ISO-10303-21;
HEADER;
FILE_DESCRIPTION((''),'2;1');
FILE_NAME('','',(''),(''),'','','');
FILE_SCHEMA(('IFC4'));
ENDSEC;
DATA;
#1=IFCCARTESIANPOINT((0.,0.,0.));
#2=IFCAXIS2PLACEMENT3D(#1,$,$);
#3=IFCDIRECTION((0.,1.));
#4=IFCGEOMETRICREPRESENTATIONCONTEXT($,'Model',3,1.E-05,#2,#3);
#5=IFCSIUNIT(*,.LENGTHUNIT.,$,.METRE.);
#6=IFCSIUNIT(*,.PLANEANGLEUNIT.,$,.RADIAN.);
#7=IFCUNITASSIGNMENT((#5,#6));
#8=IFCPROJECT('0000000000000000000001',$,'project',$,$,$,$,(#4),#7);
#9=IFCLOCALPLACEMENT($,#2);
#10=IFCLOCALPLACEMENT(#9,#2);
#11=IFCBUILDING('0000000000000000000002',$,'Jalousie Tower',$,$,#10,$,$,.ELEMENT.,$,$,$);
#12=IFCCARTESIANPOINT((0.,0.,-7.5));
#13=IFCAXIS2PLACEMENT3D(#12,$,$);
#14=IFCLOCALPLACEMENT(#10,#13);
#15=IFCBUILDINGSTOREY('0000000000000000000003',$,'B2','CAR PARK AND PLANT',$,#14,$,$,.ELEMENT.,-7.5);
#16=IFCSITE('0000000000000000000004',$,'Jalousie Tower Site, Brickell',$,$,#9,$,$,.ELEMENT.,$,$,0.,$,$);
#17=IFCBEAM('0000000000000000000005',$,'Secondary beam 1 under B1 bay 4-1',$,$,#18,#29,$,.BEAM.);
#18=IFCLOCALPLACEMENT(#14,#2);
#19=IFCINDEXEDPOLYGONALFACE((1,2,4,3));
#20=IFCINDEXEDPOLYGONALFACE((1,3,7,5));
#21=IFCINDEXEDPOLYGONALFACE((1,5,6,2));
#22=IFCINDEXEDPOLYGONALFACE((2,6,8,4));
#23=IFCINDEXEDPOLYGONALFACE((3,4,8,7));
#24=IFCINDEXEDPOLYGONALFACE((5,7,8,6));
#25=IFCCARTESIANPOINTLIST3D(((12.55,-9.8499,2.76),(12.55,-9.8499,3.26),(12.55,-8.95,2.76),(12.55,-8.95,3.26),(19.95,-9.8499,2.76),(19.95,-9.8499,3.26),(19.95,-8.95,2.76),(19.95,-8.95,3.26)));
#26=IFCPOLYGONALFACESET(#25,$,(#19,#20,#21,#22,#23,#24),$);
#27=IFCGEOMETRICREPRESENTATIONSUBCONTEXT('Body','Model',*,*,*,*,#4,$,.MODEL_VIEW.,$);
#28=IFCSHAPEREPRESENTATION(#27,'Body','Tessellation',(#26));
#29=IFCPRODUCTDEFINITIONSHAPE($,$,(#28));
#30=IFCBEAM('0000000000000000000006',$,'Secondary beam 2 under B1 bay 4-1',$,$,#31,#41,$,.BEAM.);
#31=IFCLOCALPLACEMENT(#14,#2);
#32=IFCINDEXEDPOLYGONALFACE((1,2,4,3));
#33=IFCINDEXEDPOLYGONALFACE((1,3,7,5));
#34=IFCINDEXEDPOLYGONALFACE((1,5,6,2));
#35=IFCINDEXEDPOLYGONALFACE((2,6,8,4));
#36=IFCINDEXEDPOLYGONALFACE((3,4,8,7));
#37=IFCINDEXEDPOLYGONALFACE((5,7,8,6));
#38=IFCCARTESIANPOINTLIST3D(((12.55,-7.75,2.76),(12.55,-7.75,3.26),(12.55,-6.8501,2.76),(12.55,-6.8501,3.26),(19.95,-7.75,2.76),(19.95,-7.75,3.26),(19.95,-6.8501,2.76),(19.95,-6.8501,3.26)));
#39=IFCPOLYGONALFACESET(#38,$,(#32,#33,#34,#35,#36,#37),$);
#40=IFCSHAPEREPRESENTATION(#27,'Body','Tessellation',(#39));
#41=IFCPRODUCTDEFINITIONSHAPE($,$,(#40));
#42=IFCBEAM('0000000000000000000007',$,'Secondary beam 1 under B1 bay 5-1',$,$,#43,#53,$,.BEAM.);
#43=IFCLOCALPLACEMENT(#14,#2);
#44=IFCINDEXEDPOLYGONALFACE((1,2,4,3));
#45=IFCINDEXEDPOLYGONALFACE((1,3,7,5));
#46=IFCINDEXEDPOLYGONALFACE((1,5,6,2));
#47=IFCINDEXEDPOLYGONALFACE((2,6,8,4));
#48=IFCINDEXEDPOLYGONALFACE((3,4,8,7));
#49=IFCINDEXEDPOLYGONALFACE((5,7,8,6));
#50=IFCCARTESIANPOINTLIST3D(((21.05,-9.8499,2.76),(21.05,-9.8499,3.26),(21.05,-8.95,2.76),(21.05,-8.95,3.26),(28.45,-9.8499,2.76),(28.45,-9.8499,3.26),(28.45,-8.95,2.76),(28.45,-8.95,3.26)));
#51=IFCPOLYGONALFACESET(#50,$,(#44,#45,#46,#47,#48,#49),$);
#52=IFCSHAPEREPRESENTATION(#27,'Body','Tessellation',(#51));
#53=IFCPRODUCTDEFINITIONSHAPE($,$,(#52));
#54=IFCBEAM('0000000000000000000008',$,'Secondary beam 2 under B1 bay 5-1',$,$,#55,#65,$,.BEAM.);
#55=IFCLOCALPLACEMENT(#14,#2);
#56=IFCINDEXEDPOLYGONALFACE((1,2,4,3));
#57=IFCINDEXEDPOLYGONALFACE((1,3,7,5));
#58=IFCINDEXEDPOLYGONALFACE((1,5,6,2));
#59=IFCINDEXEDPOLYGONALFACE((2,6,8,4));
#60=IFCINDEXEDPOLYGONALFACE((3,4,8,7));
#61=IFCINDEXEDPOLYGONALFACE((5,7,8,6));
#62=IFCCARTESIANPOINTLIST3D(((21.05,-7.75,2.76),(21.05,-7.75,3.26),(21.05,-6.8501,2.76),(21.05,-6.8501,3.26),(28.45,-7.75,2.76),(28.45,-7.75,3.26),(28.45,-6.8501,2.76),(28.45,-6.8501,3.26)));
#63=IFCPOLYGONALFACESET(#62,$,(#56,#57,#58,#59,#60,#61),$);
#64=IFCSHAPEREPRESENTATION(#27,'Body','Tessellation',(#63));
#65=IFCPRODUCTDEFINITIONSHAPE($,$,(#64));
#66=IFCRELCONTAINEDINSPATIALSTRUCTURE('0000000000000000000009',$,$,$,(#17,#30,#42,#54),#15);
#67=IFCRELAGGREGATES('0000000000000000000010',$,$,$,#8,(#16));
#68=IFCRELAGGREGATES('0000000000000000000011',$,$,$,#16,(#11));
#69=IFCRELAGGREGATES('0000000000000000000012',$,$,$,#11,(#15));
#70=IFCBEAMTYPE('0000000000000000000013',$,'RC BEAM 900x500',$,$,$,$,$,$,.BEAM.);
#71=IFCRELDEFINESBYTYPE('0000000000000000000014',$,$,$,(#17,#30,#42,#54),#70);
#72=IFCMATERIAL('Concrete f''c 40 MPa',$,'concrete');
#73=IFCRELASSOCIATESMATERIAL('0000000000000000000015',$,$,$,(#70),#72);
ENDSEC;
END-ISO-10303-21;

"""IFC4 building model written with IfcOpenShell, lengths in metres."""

from ifc_helpers import new_model, si_unit, direction, frame, origin, origin_2d, place, context, subcontext, project, spatial, rectangle, extrude, material, material_profile, profile_set, type_object, element, save


model = new_model("IFC4")

# Units and contexts
model_context = context("Model", 3, precision=1e-05, world=origin(), true_north=direction((0.0, 1.0)))
body_context = subcontext(model_context, "Body", "Model", "MODEL_VIEW")
ifc_project = project(units=[si_unit("LENGTHUNIT", "METRE"), si_unit("PLANEANGLEUNIT", "RADIAN")], contexts=[model_context])

# Site, building, storey
site_placement = place(None, origin())
site = spatial("IfcSite", under=ifc_project, at=site_placement, Name="Jalousie Tower Site, Brickell", CompositionType="ELEMENT", RefElevation=0.0)
building_placement = place(site_placement, origin())
building = spatial("IfcBuilding", under=site, at=building_placement, Name="Jalousie Tower", CompositionType="ELEMENT")
storey_placement = place(building_placement, frame((0.0, 0.0, -7.5)))
storey = spatial("IfcBuildingStorey", under=building, at=storey_placement, Name="B2", Description="CAR PARK AND PLANT", CompositionType="ELEMENT", Elevation=-7.5)

# Beams
ifc_material_1 = material(Name="Concrete f'c 40 MPa", Category="concrete")
ifc_material_profile_1 = material_profile(ifc_material_1, rectangle(XDim=0.8999, YDim=0.5, at=origin_2d()), Name="RC 900x500")
ifc_profile_set_1 = profile_set([ifc_material_profile_1], Name="Concrete f'c 40 MPa")
beam_type_1 = type_object("IfcBeamType", Name="RC BEAM 900x500", PredefinedType="BEAM", material=ifc_profile_set_1)
for number, where, z_axis, x_axis, name in (
    (1, (12.55, -9.3999, 3.01), (1.0, 0.0, 0.0), (0.0, 1.0, 0.0), "Secondary beam 1 under B1 bay 4-1"),
    (2, (12.55, -7.3, 3.01), (1.0, 0.0, 0.0), (0.0, 1.0, 0.0), "Secondary beam 2 under B1 bay 4-1"),
    (3, (21.05, -9.3999, 3.01), (1.0, 0.0, 0.0), (0.0, 1.0, 0.0), "Secondary beam 1 under B1 bay 5-1"),
    (4, (21.05, -7.3, 3.01), (1.0, 0.0, 0.0), (0.0, 1.0, 0.0), "Secondary beam 2 under B1 bay 5-1"),
):
    element("IfcBeam", number, at=place(storey_placement, frame(where, z_axis=z_axis, x_axis=x_axis)), inside=storey, type_object=beam_type_1, Name=name, PredefinedType="BEAM", context=body_context, shape_type="SweptSolid", body=[
        extrude(rectangle(XDim=0.8999, YDim=0.5, at=origin_2d()), origin(), (0.0, 0.0, 1.0), 7.3999),
    ])

save(model, "model.ifc")
